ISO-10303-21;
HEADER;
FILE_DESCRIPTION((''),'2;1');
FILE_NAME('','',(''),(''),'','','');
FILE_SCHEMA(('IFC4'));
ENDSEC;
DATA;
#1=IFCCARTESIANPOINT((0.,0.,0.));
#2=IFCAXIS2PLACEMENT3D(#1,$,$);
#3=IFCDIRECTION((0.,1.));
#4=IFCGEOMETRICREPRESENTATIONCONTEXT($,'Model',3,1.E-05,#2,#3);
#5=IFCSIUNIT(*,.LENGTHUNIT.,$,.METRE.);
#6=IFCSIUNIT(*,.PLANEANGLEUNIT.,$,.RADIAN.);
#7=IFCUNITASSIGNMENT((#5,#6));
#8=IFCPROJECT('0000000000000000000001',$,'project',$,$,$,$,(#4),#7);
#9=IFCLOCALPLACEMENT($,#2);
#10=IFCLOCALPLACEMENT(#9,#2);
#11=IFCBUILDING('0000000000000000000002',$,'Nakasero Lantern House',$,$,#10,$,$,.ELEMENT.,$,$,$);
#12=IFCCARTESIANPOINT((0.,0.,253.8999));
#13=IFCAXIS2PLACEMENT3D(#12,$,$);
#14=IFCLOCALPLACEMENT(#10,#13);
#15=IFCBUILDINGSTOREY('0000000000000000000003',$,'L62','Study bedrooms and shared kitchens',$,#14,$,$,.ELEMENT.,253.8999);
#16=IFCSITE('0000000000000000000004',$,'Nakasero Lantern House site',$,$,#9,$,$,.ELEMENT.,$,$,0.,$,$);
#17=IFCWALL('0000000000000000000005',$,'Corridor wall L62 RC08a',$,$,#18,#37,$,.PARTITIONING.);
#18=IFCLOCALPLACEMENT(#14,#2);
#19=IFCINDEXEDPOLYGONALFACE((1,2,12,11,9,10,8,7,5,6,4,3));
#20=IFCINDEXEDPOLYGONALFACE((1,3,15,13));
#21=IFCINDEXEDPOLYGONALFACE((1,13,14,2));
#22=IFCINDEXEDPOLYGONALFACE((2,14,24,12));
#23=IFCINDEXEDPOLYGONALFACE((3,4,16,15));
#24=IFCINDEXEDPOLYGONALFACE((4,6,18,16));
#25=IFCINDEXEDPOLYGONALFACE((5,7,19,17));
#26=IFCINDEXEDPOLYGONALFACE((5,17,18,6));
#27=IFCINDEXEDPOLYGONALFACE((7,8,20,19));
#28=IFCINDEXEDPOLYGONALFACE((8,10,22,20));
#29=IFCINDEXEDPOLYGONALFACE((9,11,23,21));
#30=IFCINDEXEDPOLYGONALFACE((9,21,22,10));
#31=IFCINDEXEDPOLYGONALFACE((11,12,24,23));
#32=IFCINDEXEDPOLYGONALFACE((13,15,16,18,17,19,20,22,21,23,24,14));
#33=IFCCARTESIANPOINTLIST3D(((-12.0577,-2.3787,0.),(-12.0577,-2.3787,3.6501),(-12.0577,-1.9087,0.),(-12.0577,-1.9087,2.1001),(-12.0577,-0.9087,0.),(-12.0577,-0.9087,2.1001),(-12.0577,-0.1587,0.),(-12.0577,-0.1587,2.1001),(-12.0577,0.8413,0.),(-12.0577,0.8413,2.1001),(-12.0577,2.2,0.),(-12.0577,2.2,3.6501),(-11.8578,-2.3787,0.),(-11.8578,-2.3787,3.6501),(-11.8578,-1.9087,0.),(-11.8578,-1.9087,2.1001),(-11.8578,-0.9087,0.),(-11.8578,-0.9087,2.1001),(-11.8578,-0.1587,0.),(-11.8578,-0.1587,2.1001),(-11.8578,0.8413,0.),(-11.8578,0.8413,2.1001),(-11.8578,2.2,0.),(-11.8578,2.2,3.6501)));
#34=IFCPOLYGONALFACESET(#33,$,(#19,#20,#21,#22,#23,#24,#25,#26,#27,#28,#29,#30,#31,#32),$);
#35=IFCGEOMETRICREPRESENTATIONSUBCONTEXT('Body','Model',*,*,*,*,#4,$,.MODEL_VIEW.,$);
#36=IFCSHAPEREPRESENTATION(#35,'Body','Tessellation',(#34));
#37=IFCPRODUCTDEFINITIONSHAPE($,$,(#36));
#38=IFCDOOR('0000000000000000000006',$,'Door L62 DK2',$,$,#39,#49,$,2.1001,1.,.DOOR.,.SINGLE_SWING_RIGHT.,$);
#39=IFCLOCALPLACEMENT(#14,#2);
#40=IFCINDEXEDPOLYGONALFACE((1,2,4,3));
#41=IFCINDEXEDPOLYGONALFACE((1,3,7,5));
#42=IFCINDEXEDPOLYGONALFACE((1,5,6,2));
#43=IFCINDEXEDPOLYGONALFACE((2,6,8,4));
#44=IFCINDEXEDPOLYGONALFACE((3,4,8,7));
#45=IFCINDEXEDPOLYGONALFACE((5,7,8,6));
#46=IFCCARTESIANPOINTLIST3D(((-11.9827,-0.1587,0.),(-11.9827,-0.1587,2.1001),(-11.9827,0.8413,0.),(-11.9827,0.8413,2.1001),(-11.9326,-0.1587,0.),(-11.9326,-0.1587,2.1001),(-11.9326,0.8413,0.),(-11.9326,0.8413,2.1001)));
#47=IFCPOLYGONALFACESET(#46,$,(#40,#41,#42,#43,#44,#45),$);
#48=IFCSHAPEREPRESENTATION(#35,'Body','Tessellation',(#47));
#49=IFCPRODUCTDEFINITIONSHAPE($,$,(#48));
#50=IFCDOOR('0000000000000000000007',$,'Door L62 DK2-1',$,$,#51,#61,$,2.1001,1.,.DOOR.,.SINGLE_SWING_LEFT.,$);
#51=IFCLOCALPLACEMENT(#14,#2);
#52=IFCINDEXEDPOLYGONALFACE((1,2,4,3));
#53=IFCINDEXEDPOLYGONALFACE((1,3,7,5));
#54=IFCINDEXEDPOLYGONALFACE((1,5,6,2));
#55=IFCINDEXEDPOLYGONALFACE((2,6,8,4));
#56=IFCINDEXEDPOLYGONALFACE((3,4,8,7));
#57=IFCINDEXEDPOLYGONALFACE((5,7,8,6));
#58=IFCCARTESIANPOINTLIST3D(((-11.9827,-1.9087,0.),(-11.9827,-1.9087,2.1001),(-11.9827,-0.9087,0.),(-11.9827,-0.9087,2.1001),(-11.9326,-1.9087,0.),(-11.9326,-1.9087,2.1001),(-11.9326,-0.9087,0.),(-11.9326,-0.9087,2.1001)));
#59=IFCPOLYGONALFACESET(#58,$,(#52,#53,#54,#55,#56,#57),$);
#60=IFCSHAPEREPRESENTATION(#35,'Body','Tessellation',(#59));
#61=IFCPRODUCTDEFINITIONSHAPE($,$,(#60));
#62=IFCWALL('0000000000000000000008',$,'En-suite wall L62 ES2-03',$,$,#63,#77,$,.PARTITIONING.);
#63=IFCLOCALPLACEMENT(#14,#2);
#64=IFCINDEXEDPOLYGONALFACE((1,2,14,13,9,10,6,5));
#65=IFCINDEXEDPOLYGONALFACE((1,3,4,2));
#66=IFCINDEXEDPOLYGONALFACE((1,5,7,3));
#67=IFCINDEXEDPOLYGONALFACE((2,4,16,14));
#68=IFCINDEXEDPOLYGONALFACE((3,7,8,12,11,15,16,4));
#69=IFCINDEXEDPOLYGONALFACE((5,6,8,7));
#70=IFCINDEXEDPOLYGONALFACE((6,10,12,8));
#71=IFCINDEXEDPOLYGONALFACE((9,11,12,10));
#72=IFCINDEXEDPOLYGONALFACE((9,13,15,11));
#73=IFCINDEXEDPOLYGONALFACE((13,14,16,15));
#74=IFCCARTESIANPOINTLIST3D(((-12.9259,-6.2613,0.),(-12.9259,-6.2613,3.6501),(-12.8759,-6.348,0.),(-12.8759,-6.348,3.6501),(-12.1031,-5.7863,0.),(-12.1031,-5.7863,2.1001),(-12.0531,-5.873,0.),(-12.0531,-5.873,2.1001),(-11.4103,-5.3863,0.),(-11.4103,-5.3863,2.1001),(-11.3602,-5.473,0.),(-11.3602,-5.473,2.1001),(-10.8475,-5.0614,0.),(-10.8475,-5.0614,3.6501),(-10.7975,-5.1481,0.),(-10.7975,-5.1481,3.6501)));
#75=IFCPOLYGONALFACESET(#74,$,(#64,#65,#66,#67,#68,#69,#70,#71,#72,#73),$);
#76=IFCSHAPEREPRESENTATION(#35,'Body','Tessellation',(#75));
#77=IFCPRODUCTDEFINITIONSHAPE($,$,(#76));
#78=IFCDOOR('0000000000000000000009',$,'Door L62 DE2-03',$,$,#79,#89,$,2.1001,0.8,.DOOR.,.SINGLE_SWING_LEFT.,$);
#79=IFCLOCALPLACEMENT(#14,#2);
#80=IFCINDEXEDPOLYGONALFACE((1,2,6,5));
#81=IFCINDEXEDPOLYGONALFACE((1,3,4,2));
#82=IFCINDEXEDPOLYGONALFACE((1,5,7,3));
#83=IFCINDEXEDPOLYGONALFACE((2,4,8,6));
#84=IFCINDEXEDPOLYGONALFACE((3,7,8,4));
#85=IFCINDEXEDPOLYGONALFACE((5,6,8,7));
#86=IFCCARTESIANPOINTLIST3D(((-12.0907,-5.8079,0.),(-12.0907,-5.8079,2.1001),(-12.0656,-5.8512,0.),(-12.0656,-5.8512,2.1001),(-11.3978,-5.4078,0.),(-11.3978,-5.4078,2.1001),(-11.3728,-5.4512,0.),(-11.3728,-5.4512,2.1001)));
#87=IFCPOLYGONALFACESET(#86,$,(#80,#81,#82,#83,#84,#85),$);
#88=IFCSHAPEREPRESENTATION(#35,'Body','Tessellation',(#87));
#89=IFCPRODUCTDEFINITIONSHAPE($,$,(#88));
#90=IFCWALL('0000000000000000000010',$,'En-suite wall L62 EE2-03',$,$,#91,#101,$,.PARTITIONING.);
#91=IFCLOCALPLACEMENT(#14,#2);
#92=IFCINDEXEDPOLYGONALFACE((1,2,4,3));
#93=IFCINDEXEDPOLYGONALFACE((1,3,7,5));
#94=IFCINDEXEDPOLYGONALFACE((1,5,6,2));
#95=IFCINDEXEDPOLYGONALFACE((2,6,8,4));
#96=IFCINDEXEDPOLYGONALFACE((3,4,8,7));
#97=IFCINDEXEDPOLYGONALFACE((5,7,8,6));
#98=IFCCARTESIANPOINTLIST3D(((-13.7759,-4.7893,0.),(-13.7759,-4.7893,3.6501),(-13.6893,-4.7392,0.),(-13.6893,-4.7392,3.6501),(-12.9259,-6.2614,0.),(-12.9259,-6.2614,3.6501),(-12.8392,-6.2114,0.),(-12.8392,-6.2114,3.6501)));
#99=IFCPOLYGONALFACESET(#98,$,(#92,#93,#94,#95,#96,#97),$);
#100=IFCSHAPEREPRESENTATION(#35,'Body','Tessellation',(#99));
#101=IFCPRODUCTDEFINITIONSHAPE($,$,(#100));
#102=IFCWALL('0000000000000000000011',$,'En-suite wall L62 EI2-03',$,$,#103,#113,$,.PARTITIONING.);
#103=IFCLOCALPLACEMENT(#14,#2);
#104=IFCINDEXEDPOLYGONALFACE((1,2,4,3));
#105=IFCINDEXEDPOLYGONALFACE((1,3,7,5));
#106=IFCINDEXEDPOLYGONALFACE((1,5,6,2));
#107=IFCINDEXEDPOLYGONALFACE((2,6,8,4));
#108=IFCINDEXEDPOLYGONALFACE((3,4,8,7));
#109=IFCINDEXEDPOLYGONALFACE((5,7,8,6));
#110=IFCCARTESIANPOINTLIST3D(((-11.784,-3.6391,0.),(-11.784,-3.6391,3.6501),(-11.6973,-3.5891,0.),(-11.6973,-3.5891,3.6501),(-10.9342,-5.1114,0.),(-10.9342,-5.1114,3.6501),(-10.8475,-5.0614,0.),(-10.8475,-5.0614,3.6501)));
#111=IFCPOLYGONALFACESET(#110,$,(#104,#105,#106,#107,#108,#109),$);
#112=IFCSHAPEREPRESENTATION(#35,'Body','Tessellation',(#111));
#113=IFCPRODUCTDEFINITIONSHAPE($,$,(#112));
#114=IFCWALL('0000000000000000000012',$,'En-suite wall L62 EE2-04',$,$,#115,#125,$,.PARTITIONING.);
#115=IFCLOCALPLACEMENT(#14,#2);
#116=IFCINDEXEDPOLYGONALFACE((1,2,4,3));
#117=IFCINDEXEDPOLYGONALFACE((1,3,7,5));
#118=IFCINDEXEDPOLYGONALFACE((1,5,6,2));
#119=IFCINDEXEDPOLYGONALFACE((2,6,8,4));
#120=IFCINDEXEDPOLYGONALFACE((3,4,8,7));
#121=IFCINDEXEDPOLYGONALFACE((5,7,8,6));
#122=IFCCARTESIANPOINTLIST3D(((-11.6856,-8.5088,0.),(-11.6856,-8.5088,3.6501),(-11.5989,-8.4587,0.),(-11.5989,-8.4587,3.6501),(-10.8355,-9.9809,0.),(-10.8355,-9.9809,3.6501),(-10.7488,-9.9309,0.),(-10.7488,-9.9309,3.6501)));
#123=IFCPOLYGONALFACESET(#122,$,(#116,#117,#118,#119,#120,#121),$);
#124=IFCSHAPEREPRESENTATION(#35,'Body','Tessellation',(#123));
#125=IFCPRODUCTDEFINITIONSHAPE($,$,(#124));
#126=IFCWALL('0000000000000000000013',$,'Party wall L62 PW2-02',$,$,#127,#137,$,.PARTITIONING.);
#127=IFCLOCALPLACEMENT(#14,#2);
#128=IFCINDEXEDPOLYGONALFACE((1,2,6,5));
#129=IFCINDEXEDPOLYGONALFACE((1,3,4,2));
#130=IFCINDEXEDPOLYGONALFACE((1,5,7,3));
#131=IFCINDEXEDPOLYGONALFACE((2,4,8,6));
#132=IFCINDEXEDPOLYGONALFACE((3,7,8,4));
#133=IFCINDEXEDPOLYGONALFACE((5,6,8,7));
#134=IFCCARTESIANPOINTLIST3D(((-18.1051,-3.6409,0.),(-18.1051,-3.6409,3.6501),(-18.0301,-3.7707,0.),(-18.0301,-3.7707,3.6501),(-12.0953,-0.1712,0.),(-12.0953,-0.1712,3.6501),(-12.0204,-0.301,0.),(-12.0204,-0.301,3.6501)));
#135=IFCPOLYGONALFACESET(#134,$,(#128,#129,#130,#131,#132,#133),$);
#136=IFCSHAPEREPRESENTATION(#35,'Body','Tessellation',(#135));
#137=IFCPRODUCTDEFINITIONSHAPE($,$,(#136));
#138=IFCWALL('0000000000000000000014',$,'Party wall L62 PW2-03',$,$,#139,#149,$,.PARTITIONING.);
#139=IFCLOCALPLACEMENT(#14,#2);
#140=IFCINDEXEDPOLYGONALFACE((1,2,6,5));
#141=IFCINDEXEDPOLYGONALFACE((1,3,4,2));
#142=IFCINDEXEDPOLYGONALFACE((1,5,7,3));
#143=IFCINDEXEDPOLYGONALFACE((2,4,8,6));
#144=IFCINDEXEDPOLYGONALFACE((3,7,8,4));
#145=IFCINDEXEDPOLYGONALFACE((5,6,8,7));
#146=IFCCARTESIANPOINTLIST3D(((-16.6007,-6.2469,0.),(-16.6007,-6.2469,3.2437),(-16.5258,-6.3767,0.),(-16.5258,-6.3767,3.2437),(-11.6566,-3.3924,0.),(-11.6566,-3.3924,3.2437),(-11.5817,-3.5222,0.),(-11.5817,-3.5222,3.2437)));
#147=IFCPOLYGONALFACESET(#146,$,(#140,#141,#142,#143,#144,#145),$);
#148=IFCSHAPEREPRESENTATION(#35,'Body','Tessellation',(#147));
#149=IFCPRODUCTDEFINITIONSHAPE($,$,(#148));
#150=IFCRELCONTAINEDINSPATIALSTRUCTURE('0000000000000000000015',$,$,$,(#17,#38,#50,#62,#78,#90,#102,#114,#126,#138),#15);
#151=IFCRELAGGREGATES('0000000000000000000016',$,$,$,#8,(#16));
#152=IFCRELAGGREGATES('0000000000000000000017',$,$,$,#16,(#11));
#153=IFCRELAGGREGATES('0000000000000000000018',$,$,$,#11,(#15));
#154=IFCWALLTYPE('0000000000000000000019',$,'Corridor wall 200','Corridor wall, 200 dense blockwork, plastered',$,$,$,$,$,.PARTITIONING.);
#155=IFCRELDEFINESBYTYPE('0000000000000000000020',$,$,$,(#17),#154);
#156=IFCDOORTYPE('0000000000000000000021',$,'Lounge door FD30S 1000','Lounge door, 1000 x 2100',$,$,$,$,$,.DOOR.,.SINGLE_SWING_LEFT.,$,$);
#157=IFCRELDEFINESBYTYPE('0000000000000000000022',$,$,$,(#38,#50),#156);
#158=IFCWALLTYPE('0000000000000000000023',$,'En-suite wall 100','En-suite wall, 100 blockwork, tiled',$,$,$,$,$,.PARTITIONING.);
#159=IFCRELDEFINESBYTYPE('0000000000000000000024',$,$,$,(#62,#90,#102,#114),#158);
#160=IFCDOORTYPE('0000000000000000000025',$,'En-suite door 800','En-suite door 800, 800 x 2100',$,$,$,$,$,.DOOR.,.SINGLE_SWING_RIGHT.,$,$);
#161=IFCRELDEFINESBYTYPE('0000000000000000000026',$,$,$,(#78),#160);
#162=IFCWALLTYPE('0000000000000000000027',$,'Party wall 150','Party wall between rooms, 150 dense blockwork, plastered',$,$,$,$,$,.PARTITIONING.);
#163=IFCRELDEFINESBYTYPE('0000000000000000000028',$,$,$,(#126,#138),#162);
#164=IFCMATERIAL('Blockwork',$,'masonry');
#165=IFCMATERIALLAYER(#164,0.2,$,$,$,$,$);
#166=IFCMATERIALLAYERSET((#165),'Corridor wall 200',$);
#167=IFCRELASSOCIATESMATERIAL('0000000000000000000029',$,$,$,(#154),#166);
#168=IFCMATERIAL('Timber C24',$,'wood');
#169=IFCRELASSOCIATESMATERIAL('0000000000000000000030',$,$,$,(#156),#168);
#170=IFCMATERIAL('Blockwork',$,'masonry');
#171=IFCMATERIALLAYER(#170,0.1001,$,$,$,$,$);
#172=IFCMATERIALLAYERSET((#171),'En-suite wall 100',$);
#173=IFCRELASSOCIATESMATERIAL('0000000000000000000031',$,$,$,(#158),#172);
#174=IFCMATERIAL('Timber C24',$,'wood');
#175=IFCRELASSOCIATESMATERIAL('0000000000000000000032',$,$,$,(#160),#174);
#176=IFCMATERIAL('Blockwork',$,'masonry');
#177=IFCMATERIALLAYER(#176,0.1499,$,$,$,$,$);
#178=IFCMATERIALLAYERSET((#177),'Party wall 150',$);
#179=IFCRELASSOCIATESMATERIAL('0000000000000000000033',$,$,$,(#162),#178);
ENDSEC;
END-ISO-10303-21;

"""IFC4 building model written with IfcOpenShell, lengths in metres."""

from ifc_helpers import new_model, si_unit, direction, frame, frame_2d, origin, place, context, subcontext, project, spatial, rectangle, extrude, material, layer, layer_set, type_object, element, fill, save


model = new_model("IFC4")

# Units and contexts
model_context = context("Model", 3, precision=1e-05, world=origin(), true_north=direction((0.0, 1.0)))
body_context = subcontext(model_context, "Body", "Model", "MODEL_VIEW")
ifc_project = project(units=[si_unit("LENGTHUNIT", "METRE"), si_unit("PLANEANGLEUNIT", "RADIAN")], contexts=[model_context])

# Site, building, storey
site_placement = place(None, origin())
site = spatial("IfcSite", under=ifc_project, at=site_placement, Name="Nakasero Lantern House site", CompositionType="ELEMENT", RefElevation=0.0)
building_placement = place(site_placement, origin())
building = spatial("IfcBuilding", under=site, at=building_placement, Name="Nakasero Lantern House", CompositionType="ELEMENT")
storey_placement = place(building_placement, frame((0.0, 0.0, 253.8999)))
storey = spatial("IfcBuildingStorey", under=building, at=storey_placement, Name="L62", Description="Study bedrooms and shared kitchens", CompositionType="ELEMENT", Elevation=253.8999)

# Shared definitions
ifc_material_1 = material(Name="Blockwork", Category="masonry")
ifc_layer_1 = layer(ifc_material_1, 0.2)
ifc_layer_set_1 = layer_set([ifc_layer_1], Name="Corridor wall 200")
wall_type_1 = type_object("IfcWallType", Name="Corridor wall 200", Description="Corridor wall, 200 dense blockwork, plastered", PredefinedType="PARTITIONING", material=ifc_layer_set_1)

# Wall, openings, doors
wall_1_placement = place(storey_placement, frame((-11.9578, -2.3787, 0.0), z_axis=(0.0, 0.0, 1.0), x_axis=(0.0, 1.0, 0.0)))
wall_1 = element("IfcWall", 1, at=wall_1_placement, inside=storey, type_object=wall_type_1, Name="Corridor wall L62 RC08a", PredefinedType="PARTITIONING", context=body_context, shape_type="SweptSolid", body=[
    extrude(rectangle(XDim=4.5786, YDim=0.2, at=frame_2d((2.2893, 0.0))), origin(), (0.0, 0.0, 1.0), 3.6501),
])
opening_1_placement = place(wall_1_placement, frame((2.22, 0.0, 0.0)))
opening_1 = element("IfcOpeningElement", 2, at=opening_1_placement, cuts=wall_1, PredefinedType="OPENING", context=body_context, shape_type="SweptSolid", body=[
    extrude(rectangle(XDim=1.0, YDim=2.1001, at=frame_2d((0.5, 1.05))), frame((0.0, 0.1199, 0.0), z_axis=(0.0, -1.0, 0.0), x_axis=(1.0, 0.0, 0.0)), (0.0, 0.0, 1.0), 0.24),
])
opening_2_placement = place(wall_1_placement, frame((0.47, 0.0, 0.0)))
opening_2 = element("IfcOpeningElement", 3, at=opening_2_placement, cuts=wall_1, PredefinedType="OPENING", context=body_context, shape_type="SweptSolid", body=[
    extrude(rectangle(XDim=1.0, YDim=2.1001, at=frame_2d((0.5, 1.05))), frame((0.0, 0.1199, 0.0), z_axis=(0.0, -1.0, 0.0), x_axis=(1.0, 0.0, 0.0)), (0.0, 0.0, 1.0), 0.24),
])
ifc_material_2 = material(Name="Timber C24", Category="wood")
door_type_1 = type_object("IfcDoorType", Name="Lounge door FD30S 1000", Description="Lounge door, 1000 x 2100", OperationType="SINGLE_SWING_LEFT", PredefinedType="DOOR", material=ifc_material_2)
door_1_placement = place(opening_1_placement, origin())
door_1 = element("IfcDoor", 4, at=door_1_placement, inside=storey, type_object=door_type_1, Name="Door L62 DK2", OperationType="SINGLE_SWING_RIGHT", OverallHeight=2.1001, OverallWidth=1.0, PredefinedType="DOOR", context=body_context, shape_type="SweptSolid", body=[
    extrude(rectangle(XDim=1.0, YDim=2.1001, at=frame_2d((0.5, 1.05))), frame((0.0, 0.0249, 0.0), z_axis=(0.0, -1.0, 0.0), x_axis=(1.0, 0.0, 0.0)), (0.0, 0.0, 1.0), 0.05),
])
fill(opening_1, door_1)
door_2_placement = place(opening_2_placement, origin())
door_2 = element("IfcDoor", 5, at=door_2_placement, inside=storey, type_object=door_type_1, Name="Door L62 DK2-1", OperationType="SINGLE_SWING_LEFT", OverallHeight=2.1001, OverallWidth=1.0, PredefinedType="DOOR", context=body_context, shape_type="SweptSolid", body=[
    extrude(rectangle(XDim=1.0, YDim=2.1001, at=frame_2d((0.5, 1.05))), frame((0.0, 0.0249, 0.0), z_axis=(0.0, -1.0, 0.0), x_axis=(1.0, 0.0, 0.0)), (0.0, 0.0, 1.0), 0.05),
])
fill(opening_2, door_2)

# Wall, opening, door
ifc_material_3 = material(Name="Blockwork", Category="masonry")
ifc_layer_2 = layer(ifc_material_3, 0.1001)
ifc_layer_set_2 = layer_set([ifc_layer_2], Name="En-suite wall 100")
wall_type_2 = type_object("IfcWallType", Name="En-suite wall 100", Description="En-suite wall, 100 blockwork, tiled", PredefinedType="PARTITIONING", material=ifc_layer_set_2)
wall_2_placement = place(storey_placement, frame((-10.8225, -5.1047, 0.0), z_axis=(0.0, 0.0, 1.0), x_axis=(-0.866025, -0.500001, 0.0)))
wall_2 = element("IfcWall", 6, at=wall_2_placement, inside=storey, type_object=wall_type_2, Name="En-suite wall L62 ES2-03", PredefinedType="PARTITIONING", context=body_context, shape_type="SweptSolid", body=[
    extrude(rectangle(XDim=2.3999, YDim=0.1001, at=frame_2d((1.2, 0.0))), origin(), (0.0, 0.0, 1.0), 3.6501),
])
opening_3_placement = place(wall_2_placement, frame((0.6499, 0.0, 0.0)))
opening_3 = element("IfcOpeningElement", 7, at=opening_3_placement, cuts=wall_2, PredefinedType="OPENING", context=body_context, shape_type="SweptSolid", body=[
    extrude(rectangle(XDim=0.8, YDim=2.1001, at=frame_2d((0.3999, 1.05))), frame((0.0, 0.0701, 0.0), z_axis=(0.0, -1.0, 0.0), x_axis=(1.0, 0.0, 0.0)), (0.0, 0.0, 1.0), 0.1401),
])
ifc_material_4 = material(Name="Timber C24", Category="wood")
door_type_2 = type_object("IfcDoorType", Name="En-suite door 800", Description="En-suite door 800, 800 x 2100", OperationType="SINGLE_SWING_RIGHT", PredefinedType="DOOR", material=ifc_material_4)
door_3_placement = place(opening_3_placement, origin())
door_3 = element("IfcDoor", 8, at=door_3_placement, inside=storey, type_object=door_type_2, Name="Door L62 DE2-03", OperationType="SINGLE_SWING_LEFT", OverallHeight=2.1001, OverallWidth=0.8, PredefinedType="DOOR", context=body_context, shape_type="SweptSolid", body=[
    extrude(rectangle(XDim=0.8, YDim=2.1001, at=frame_2d((0.3999, 1.05))), frame((0.0, 0.0249, 0.0), z_axis=(0.0, -1.0, 0.0), x_axis=(1.0, 0.0, 0.0)), (0.0, 0.0, 1.0), 0.05),
])
fill(opening_3, door_3)

# Walls
for number, where, z_axis, x_axis, name in (
    (9, (-13.7327, -4.7642, 0.0), (0.0, 0.0, 1.0), (0.500062, -0.865989, 0.0), "En-suite wall L62 EE2-03"),
    (10, (-11.7407, -3.614, 0.0), (0.0, 0.0, 1.0), (0.499892, -0.866088, 0.0), "En-suite wall L62 EI2-03"),
    (11, (-11.6423, -8.4836, 0.0), (0.0, 0.0, 1.0), (0.500062, -0.865989, 0.0), "En-suite wall L62 EE2-04"),
):
    element("IfcWall", number, at=place(storey_placement, frame(where, z_axis=z_axis, x_axis=x_axis)), inside=storey, type_object=wall_type_2, Name=name, PredefinedType="PARTITIONING", context=body_context, shape_type="SweptSolid", body=[
        extrude(rectangle(XDim=1.7, YDim=0.1001, at=frame_2d((0.8501, 0.0))), origin(), (0.0, 0.0, 1.0), 3.6501),
    ])
ifc_material_5 = material(Name="Blockwork", Category="masonry")
ifc_layer_3 = layer(ifc_material_5, 0.1499)
ifc_layer_set_3 = layer_set([ifc_layer_3], Name="Party wall 150")
wall_type_3 = type_object("IfcWallType", Name="Party wall 150", Description="Party wall between rooms, 150 dense blockwork, plastered", PredefinedType="PARTITIONING", material=ifc_layer_set_3)
wall_3_placement = place(storey_placement, frame((-12.0579, -0.2361, 0.0), z_axis=(0.0, 0.0, 1.0), x_axis=(-0.866026, -0.499999, 0.0)))
element("IfcWall", 12, at=wall_3_placement, inside=storey, type_object=wall_type_3, Name="Party wall L62 PW2-02", PredefinedType="PARTITIONING", context=body_context, shape_type="SweptSolid", body=[
    extrude(rectangle(XDim=6.9395, YDim=0.1499, at=frame_2d((3.4697, 0.0))), origin(), (0.0, 0.0, 1.0), 3.6501),
])
wall_4_placement = place(storey_placement, frame((-11.6191, -3.4573, 0.0), z_axis=(0.0, 0.0, 1.0), x_axis=(-0.866024, -0.500003, 0.0)))
element("IfcWall", 13, at=wall_4_placement, inside=storey, type_object=wall_type_3, Name="Party wall L62 PW2-03", PredefinedType="PARTITIONING", context=body_context, shape_type="SweptSolid", body=[
    extrude(rectangle(XDim=5.709, YDim=0.1499, at=frame_2d((2.8545, 0.0))), origin(), (0.0, 0.0, 1.0), 3.2437),
])

save(model, "model.ifc")
